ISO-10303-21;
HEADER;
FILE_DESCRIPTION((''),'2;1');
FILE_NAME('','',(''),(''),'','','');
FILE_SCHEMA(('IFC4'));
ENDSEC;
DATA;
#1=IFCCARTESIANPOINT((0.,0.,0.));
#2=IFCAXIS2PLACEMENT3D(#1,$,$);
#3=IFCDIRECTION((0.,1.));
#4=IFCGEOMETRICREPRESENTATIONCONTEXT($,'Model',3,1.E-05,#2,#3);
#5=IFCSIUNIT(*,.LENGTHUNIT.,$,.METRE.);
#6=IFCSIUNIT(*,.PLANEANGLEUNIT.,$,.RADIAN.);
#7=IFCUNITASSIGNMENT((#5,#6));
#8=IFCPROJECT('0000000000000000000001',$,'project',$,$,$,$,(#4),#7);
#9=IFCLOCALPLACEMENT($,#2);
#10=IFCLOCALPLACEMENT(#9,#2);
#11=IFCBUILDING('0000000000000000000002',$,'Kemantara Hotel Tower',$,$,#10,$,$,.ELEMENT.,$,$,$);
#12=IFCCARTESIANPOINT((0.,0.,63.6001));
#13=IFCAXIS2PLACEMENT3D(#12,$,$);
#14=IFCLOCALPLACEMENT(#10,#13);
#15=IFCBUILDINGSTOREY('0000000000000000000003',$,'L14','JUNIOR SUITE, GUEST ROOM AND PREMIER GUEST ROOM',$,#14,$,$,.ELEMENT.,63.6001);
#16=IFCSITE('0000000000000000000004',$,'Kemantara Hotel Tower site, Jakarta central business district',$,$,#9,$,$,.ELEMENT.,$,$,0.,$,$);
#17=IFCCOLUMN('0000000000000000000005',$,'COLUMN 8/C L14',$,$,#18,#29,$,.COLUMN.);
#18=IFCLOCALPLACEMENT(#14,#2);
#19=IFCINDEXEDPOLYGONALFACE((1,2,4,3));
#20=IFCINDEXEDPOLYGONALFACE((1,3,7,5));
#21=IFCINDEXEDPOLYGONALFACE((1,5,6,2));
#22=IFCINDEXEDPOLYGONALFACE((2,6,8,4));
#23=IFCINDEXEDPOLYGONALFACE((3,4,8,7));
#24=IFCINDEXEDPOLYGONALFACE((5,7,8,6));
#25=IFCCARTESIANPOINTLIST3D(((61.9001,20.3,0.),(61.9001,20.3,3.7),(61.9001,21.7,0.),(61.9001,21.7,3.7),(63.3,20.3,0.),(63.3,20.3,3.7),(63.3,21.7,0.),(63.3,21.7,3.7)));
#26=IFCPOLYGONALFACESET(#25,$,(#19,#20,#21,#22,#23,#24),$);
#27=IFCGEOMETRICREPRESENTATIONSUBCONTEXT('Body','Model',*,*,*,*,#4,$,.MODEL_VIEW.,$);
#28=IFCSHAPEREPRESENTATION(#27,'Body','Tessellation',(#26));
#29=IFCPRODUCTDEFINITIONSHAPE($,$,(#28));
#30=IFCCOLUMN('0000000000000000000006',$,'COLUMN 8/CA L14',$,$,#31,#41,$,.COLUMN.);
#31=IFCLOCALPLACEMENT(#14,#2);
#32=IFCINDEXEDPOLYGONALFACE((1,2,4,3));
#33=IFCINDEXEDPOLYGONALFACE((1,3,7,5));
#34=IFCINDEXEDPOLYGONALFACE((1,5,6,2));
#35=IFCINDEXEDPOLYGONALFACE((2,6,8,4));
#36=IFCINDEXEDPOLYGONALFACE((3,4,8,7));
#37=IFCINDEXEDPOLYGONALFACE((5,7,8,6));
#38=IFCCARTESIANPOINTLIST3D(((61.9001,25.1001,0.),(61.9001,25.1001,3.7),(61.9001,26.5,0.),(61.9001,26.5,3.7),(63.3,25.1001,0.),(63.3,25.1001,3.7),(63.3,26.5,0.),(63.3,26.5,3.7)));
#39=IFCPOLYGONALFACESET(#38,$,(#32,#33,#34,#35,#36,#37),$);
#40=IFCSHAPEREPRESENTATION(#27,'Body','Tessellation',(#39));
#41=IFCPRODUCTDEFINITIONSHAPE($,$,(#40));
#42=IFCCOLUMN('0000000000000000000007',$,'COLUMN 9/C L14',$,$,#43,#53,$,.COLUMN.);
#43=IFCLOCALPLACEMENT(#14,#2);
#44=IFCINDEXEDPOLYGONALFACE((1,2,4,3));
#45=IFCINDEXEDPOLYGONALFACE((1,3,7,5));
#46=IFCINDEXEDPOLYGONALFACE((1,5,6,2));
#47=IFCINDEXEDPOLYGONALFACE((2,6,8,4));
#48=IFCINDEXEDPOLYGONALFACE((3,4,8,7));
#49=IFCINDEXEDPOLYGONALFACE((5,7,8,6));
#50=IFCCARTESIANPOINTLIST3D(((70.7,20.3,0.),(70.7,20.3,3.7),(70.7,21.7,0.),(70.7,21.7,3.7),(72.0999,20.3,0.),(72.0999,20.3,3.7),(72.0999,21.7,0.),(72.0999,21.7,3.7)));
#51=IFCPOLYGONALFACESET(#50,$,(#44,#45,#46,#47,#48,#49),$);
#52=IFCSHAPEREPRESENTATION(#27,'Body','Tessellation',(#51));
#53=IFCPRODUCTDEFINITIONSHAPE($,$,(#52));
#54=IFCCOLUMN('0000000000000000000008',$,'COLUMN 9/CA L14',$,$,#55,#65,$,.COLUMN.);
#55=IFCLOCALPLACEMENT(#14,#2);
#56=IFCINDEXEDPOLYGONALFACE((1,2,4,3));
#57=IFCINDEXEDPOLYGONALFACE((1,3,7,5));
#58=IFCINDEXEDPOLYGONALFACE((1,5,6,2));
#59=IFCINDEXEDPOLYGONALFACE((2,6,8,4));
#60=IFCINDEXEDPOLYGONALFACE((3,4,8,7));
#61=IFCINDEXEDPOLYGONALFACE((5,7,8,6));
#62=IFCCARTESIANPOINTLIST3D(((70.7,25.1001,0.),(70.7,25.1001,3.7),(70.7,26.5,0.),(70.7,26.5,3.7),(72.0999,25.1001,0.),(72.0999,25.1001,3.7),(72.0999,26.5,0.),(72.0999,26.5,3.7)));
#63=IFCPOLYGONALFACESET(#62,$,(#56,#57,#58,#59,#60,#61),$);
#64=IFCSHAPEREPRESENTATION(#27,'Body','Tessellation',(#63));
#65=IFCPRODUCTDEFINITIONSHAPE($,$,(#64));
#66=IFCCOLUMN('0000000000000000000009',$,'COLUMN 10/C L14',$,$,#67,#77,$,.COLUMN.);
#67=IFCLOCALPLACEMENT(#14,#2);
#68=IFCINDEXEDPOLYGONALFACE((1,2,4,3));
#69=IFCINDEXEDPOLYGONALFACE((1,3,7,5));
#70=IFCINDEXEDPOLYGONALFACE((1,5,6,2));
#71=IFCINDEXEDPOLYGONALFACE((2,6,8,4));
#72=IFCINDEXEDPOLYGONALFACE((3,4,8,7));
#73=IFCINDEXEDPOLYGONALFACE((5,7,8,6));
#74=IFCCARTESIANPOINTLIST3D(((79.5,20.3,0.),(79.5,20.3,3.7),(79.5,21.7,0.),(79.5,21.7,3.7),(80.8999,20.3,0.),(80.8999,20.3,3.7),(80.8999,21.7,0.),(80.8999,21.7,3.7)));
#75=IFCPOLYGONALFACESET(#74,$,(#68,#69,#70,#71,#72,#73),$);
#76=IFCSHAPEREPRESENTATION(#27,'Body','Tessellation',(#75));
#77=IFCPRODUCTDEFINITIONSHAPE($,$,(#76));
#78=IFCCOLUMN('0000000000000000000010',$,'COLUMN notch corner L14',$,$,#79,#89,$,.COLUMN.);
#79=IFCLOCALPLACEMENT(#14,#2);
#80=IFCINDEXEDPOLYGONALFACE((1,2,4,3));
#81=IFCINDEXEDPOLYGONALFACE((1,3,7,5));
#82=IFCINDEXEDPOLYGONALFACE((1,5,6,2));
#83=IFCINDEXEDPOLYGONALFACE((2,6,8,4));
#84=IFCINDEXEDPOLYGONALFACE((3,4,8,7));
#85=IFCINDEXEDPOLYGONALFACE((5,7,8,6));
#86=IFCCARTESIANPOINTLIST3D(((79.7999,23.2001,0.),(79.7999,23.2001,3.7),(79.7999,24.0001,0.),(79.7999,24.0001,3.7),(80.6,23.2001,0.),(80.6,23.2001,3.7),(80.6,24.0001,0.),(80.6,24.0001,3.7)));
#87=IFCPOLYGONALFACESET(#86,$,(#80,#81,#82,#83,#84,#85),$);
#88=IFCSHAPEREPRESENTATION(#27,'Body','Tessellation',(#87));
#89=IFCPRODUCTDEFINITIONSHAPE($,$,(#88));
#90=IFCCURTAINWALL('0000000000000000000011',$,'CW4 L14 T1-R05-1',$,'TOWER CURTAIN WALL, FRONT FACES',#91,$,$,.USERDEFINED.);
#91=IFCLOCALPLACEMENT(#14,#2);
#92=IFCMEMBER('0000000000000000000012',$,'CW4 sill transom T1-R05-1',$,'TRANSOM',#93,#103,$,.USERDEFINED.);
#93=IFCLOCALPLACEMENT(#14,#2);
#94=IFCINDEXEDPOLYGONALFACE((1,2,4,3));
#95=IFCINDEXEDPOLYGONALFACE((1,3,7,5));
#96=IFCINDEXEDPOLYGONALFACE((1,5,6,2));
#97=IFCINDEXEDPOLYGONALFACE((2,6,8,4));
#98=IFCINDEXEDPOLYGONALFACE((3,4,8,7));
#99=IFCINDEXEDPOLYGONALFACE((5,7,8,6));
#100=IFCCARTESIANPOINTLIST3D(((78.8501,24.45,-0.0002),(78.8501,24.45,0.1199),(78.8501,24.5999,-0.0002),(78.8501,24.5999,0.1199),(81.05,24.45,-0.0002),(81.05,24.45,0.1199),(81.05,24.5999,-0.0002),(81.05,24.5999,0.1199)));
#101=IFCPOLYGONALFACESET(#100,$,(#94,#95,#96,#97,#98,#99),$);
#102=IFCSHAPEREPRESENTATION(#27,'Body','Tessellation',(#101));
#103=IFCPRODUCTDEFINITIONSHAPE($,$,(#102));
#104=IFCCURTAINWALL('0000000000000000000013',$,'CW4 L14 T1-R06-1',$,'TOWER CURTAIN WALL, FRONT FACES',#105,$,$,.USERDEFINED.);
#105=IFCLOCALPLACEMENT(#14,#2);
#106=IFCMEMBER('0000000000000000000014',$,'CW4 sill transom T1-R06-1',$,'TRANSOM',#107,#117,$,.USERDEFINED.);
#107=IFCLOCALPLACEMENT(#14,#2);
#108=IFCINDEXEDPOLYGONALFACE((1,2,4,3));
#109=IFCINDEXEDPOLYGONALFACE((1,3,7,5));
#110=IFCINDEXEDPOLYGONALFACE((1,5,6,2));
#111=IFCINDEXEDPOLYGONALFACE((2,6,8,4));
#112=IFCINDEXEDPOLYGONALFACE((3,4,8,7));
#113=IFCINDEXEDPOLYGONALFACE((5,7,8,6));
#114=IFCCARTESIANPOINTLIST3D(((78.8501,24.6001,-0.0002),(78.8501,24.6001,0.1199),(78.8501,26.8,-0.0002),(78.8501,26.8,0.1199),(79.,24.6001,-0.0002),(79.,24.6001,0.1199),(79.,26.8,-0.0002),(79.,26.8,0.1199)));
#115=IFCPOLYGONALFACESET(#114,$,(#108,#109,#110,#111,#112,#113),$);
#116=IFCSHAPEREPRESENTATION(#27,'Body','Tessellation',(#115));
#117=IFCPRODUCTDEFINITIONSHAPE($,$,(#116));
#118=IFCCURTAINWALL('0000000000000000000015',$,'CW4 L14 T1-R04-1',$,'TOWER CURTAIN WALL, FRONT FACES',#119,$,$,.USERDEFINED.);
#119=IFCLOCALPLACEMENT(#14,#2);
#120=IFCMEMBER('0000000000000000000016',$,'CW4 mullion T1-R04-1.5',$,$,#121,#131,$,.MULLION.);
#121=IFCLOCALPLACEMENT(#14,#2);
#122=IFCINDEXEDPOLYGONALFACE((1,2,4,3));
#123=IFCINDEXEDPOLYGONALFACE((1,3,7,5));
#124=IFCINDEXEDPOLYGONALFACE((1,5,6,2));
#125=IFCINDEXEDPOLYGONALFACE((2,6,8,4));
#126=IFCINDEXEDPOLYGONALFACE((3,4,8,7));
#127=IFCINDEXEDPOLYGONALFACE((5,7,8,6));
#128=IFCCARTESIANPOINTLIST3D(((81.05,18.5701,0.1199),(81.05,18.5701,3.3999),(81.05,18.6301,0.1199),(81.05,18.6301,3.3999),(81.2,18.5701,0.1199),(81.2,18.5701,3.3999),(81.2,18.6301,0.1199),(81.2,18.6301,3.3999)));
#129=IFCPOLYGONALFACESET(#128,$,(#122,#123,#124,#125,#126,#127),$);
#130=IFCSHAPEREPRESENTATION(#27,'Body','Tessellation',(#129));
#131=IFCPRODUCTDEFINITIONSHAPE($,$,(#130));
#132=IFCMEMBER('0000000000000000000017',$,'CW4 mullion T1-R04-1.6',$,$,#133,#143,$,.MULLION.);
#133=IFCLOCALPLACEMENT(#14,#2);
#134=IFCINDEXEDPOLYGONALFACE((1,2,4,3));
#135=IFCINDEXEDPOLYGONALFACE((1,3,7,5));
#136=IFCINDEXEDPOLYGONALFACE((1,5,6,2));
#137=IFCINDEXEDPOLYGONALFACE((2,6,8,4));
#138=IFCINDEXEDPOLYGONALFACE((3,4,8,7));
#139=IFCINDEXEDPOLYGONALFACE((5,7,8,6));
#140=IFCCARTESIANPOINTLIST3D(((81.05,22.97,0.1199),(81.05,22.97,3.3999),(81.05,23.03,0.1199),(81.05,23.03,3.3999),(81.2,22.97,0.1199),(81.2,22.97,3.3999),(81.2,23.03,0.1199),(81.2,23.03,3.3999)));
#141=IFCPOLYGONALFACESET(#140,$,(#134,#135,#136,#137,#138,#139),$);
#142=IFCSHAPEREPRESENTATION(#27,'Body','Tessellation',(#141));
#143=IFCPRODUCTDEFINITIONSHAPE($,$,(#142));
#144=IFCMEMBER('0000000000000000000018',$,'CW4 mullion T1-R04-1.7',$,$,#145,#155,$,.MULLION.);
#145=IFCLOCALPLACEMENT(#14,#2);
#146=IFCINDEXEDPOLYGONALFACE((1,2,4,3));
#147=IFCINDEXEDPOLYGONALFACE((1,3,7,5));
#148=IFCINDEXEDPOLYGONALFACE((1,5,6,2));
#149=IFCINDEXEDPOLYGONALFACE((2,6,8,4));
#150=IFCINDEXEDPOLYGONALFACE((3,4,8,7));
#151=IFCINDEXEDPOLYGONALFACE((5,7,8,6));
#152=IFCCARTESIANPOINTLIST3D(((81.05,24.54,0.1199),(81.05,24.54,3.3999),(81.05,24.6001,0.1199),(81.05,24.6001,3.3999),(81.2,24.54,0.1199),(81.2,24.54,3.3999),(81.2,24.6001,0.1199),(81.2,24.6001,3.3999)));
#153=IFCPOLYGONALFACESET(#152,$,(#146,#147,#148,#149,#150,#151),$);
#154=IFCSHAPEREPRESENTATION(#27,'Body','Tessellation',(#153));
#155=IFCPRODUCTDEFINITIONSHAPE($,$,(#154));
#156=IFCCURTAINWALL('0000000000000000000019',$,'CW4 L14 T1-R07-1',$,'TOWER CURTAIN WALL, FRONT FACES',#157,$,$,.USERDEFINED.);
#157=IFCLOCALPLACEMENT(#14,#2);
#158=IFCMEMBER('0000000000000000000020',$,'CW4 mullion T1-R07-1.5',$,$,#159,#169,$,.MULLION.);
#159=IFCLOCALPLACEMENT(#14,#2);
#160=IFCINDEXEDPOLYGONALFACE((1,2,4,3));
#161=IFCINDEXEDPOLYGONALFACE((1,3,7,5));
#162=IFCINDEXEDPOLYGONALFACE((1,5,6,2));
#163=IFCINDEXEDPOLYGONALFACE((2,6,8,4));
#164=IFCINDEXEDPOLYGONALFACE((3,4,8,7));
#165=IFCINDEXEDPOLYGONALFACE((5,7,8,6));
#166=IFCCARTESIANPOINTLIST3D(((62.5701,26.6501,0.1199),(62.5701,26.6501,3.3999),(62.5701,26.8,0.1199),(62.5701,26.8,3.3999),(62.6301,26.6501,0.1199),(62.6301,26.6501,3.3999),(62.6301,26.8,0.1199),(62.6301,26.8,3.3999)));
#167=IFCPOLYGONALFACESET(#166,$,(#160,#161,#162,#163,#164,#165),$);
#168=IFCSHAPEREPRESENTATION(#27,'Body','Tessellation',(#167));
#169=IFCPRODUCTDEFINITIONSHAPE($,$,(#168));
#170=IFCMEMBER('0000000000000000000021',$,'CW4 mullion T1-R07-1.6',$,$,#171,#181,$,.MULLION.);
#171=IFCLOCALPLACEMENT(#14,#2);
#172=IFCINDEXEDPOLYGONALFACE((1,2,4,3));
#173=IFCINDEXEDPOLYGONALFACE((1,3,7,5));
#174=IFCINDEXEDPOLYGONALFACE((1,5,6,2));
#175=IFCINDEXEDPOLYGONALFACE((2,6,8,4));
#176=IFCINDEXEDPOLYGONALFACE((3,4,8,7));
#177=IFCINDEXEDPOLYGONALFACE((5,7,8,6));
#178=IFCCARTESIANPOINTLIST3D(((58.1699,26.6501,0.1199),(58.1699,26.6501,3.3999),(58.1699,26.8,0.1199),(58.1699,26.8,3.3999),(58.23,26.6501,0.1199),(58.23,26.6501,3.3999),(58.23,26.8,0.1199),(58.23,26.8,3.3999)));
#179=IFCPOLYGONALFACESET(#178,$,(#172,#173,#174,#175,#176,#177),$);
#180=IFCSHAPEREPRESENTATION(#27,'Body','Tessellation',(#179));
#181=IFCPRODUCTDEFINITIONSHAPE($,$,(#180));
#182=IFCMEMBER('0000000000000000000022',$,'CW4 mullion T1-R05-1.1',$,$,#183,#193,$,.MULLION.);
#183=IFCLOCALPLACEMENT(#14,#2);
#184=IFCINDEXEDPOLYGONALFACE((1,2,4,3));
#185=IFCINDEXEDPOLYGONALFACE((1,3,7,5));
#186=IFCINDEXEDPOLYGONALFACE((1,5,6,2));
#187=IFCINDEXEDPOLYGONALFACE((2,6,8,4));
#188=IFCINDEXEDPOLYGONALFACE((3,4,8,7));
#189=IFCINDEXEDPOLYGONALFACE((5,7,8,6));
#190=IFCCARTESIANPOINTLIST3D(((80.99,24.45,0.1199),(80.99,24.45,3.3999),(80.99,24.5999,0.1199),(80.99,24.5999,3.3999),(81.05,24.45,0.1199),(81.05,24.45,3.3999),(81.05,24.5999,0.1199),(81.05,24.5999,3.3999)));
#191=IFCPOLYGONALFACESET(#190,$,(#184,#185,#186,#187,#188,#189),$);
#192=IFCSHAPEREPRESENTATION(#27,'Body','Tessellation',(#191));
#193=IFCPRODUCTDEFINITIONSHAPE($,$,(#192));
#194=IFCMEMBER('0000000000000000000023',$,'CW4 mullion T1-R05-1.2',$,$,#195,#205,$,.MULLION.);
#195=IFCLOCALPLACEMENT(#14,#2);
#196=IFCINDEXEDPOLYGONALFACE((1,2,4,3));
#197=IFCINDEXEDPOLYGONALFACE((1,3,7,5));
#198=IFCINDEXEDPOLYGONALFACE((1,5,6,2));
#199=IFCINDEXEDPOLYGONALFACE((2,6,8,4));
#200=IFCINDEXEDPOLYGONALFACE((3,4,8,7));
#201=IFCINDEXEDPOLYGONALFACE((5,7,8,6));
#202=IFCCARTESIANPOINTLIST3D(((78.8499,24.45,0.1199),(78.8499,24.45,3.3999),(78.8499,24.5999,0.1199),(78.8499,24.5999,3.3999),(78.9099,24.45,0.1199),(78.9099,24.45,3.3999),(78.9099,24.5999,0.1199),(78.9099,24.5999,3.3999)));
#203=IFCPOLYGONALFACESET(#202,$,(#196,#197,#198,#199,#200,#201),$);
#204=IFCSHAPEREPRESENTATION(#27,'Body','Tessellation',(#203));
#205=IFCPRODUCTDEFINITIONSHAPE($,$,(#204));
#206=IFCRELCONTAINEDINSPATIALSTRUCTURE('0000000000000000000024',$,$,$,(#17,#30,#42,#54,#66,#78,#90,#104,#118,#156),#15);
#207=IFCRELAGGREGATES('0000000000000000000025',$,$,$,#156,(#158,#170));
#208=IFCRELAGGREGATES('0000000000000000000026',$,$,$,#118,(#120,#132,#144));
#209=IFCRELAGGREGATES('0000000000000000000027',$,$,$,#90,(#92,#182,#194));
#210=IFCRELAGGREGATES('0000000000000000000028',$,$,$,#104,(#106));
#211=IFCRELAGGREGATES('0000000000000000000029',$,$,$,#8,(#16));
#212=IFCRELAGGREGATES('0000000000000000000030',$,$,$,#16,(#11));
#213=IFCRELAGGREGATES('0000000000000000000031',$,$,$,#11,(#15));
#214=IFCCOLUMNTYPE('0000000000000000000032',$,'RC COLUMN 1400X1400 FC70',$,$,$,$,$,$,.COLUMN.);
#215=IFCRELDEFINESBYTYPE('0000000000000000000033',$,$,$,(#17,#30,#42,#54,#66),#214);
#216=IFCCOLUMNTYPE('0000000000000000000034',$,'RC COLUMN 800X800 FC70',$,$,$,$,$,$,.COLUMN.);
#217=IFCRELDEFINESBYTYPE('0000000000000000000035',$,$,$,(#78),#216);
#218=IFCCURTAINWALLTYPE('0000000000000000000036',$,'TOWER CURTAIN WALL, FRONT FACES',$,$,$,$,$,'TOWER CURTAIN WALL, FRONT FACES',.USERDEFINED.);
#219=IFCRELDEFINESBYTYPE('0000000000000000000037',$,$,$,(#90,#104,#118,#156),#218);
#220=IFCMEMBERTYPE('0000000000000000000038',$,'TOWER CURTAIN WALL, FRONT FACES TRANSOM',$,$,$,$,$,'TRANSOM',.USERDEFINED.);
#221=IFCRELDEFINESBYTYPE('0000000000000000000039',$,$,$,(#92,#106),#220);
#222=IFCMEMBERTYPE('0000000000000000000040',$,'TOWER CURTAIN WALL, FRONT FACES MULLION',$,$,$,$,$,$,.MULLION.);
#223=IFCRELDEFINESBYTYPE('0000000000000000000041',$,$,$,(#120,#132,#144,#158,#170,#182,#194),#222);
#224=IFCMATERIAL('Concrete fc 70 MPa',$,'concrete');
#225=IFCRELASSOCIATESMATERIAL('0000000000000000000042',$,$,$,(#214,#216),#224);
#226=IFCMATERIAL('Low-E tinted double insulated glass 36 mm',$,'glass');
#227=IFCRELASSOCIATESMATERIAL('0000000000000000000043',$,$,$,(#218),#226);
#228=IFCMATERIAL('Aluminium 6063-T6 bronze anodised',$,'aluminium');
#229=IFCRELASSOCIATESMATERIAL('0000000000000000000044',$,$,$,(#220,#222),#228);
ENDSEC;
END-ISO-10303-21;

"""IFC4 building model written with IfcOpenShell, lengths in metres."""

from ifc_helpers import new_model, si_unit, direction, frame, origin, origin_2d, place, context, subcontext, project, spatial, rectangle, extrude, source, transform, mapped, material, material_profile, profile_set, type_object, element, aggregate, save


model = new_model("IFC4")

# Units and contexts
model_context = context("Model", 3, precision=1e-05, world=origin(), true_north=direction((0.0, 1.0)))
body_context = subcontext(model_context, "Body", "Model", "MODEL_VIEW")
ifc_project = project(units=[si_unit("LENGTHUNIT", "METRE"), si_unit("PLANEANGLEUNIT", "RADIAN")], contexts=[model_context])

# Site, building, storey
site_placement = place(None, origin())
site = spatial("IfcSite", under=ifc_project, at=site_placement, Name="Kemantara Hotel Tower site, Jakarta central business district", CompositionType="ELEMENT", RefElevation=0.0)
building_placement = place(site_placement, origin())
building = spatial("IfcBuilding", under=site, at=building_placement, Name="Kemantara Hotel Tower", CompositionType="ELEMENT")
storey_placement = place(building_placement, frame((0.0, 0.0, 63.6001)))
storey = spatial("IfcBuildingStorey", under=building, at=storey_placement, Name="L14", Description="JUNIOR SUITE, GUEST ROOM AND PREMIER GUEST ROOM", CompositionType="ELEMENT", Elevation=63.6001)

# Columns
ifc_material_1 = material(Name="Concrete fc 70 MPa", Category="concrete")
ifc_material_profile_1 = material_profile(ifc_material_1, rectangle(XDim=1.3999, YDim=1.3999, at=origin_2d()), Name="RC 1400X1400")
ifc_profile_set_1 = profile_set([ifc_material_profile_1], Name="Concrete fc 70 MPa")
column_type_1 = type_object("IfcColumnType", Name="RC COLUMN 1400X1400 FC70", PredefinedType="COLUMN", material=ifc_profile_set_1)
for number, where, z_axis, x_axis, name in (
    (1, (62.6001, 21.0, 0.0), (0.0, 0.0, 1.0), (1.0, 0.0, 0.0), "COLUMN 8/C L14"),
    (2, (62.6001, 25.8, 0.0), (0.0, 0.0, 1.0), (1.0, 0.0, 0.0), "COLUMN 8/CA L14"),
    (3, (71.3999, 21.0, 0.0), (0.0, 0.0, 1.0), (1.0, 0.0, 0.0), "COLUMN 9/C L14"),
    (4, (71.3999, 25.8, 0.0), (0.0, 0.0, 1.0), (1.0, 0.0, 0.0), "COLUMN 9/CA L14"),
    (5, (80.2, 21.0, 0.0), (0.0, 0.0, 1.0), (1.0, 0.0, 0.0), "COLUMN 10/C L14"),
):
    element("IfcColumn", number, at=place(storey_placement, frame(where, z_axis=z_axis, x_axis=x_axis)), inside=storey, type_object=column_type_1, Name=name, PredefinedType="COLUMN", context=body_context, shape_type="SweptSolid", body=[
        extrude(rectangle(XDim=1.3999, YDim=1.3999, at=origin_2d()), origin(), (0.0, 0.0, 1.0), 3.7),
    ])
ifc_material_profile_2 = material_profile(ifc_material_1, rectangle(XDim=0.8, YDim=0.8, at=origin_2d()), Name="RC 800X800")
ifc_profile_set_2 = profile_set([ifc_material_profile_2], Name="Concrete fc 70 MPa")
column_type_2 = type_object("IfcColumnType", Name="RC COLUMN 800X800 FC70", PredefinedType="COLUMN", material=ifc_profile_set_2)
column_placement = place(storey_placement, frame((80.2, 23.6001, 0.0), z_axis=(0.0, 0.0, 1.0), x_axis=(1.0, 0.0, 0.0)))
element("IfcColumn", 6, at=column_placement, inside=storey, type_object=column_type_2, Name="COLUMN notch corner L14", PredefinedType="COLUMN", context=body_context, shape_type="SweptSolid", body=[
    extrude(rectangle(XDim=0.8, YDim=0.8, at=origin_2d()), origin(), (0.0, 0.0, 1.0), 3.7),
])

# Curtain walls, members
ifc_material_2 = material(Name="Low-E tinted double insulated glass 36 mm", Category="glass")
curtain_wall_type = type_object("IfcCurtainWallType", Name="TOWER CURTAIN WALL, FRONT FACES", ElementType="TOWER CURTAIN WALL, FRONT FACES", PredefinedType="USERDEFINED", material=ifc_material_2)
curtain_wall_1_placement = place(storey_placement, origin())
curtain_wall_1 = element("IfcCurtainWall", 7, at=curtain_wall_1_placement, inside=storey, type_object=curtain_wall_type, Name="CW4 L14 T1-R05-1", ObjectType="TOWER CURTAIN WALL, FRONT FACES", PredefinedType="USERDEFINED")
ifc_material_3 = material(Name="Aluminium 6063-T6 bronze anodised", Category="aluminium")
ifc_material_profile_3 = material_profile(ifc_material_3, rectangle(XDim=0.1499, YDim=0.1201, at=origin_2d()), Name="TOWER CURTAIN WALL, FRONT FACES TRANSOM")
ifc_profile_set_3 = profile_set([ifc_material_profile_3], Name="Aluminium 6063-T6 bronze anodised")
member_type_1 = type_object("IfcMemberType", Name="TOWER CURTAIN WALL, FRONT FACES TRANSOM", ElementType="TRANSOM", PredefinedType="USERDEFINED", material=ifc_profile_set_3)
member_1_placement = place(storey_placement, frame((81.05, 24.5249, 0.0598), z_axis=(-1.0, 0.0, 0.0), x_axis=(0.0, -1.0, 0.0)))
member_1 = element("IfcMember", 8, at=member_1_placement, type_object=member_type_1, Name="CW4 sill transom T1-R05-1", ObjectType="TRANSOM", PredefinedType="USERDEFINED", context=body_context, shape_type="SweptSolid", body=[
    extrude(rectangle(XDim=0.1499, YDim=0.1201, at=origin_2d()), origin(), (0.0, 0.0, 1.0), 2.2),
])
curtain_wall_2_placement = place(storey_placement, origin())
curtain_wall_2 = element("IfcCurtainWall", 9, at=curtain_wall_2_placement, inside=storey, type_object=curtain_wall_type, Name="CW4 L14 T1-R06-1", ObjectType="TOWER CURTAIN WALL, FRONT FACES", PredefinedType="USERDEFINED")
member_2_placement = place(storey_placement, frame((78.925, 24.6001, 0.0598), z_axis=(0.0, 1.0, 0.0), x_axis=(-1.0, 0.0, 0.0)))
member_2 = element("IfcMember", 10, at=member_2_placement, type_object=member_type_1, Name="CW4 sill transom T1-R06-1", ObjectType="TRANSOM", PredefinedType="USERDEFINED", context=body_context, shape_type="SweptSolid", body=[
    extrude(rectangle(XDim=0.1499, YDim=0.1201, at=origin_2d()), origin(), (0.0, 0.0, 1.0), 2.2),
])

# Curtain walls, members
curtain_wall_3_placement = place(storey_placement, origin())
curtain_wall_3 = element("IfcCurtainWall", 11, at=curtain_wall_3_placement, inside=storey, type_object=curtain_wall_type, Name="CW4 L14 T1-R04-1", ObjectType="TOWER CURTAIN WALL, FRONT FACES", PredefinedType="USERDEFINED")
ifc_material_profile_4 = material_profile(ifc_material_3, rectangle(XDim=0.1499, YDim=0.0601, at=origin_2d()), Name="TOWER CURTAIN WALL, FRONT FACES MULLION")
ifc_profile_set_4 = profile_set([ifc_material_profile_4], Name="Aluminium 6063-T6 bronze anodised")
member_type_2 = type_object("IfcMemberType", Name="TOWER CURTAIN WALL, FRONT FACES MULLION", PredefinedType="MULLION", material=ifc_profile_set_4)
shared_shape_1 = source(origin(), body_context, "Body", "SweptSolid", [
    extrude(rectangle(XDim=0.1499, YDim=0.0601, at=origin_2d()), origin(), (0.0, 0.0, 1.0), 3.28),
])
member_3_placement = place(storey_placement, frame((81.125, 18.6001, 0.1199), z_axis=(0.0, 0.0, 1.0), x_axis=(-1.0, 0.0, 0.0)))
member_3 = element("IfcMember", 12, at=member_3_placement, type_object=member_type_2, Name="CW4 mullion T1-R04-1.5", PredefinedType="MULLION", context=body_context, shape_type="MappedRepresentation", body=[
    mapped(shared_shape_1, transform((0.0, 0.0, 0.0))),
])
member_4_placement = place(storey_placement, frame((81.125, 23.0, 0.1199), z_axis=(0.0, 0.0, 1.0), x_axis=(-1.0, 0.0, 0.0)))
member_4 = element("IfcMember", 13, at=member_4_placement, type_object=member_type_2, Name="CW4 mullion T1-R04-1.6", PredefinedType="MULLION", context=body_context, shape_type="MappedRepresentation", body=[
    mapped(shared_shape_1, transform((0.0, 0.0, 0.0))),
])
member_5_placement = place(storey_placement, frame((81.125, 24.5701, 0.1199), z_axis=(0.0, 0.0, 1.0), x_axis=(-1.0, 0.0, 0.0)))
member_5 = element("IfcMember", 14, at=member_5_placement, type_object=member_type_2, Name="CW4 mullion T1-R04-1.7", PredefinedType="MULLION", context=body_context, shape_type="MappedRepresentation", body=[
    mapped(shared_shape_1, transform((0.0, 0.0, 0.0))),
])
curtain_wall_4_placement = place(storey_placement, origin())
curtain_wall_4 = element("IfcCurtainWall", 15, at=curtain_wall_4_placement, inside=storey, type_object=curtain_wall_type, Name="CW4 L14 T1-R07-1", ObjectType="TOWER CURTAIN WALL, FRONT FACES", PredefinedType="USERDEFINED")
member_6_placement = place(storey_placement, frame((62.6001, 26.7251, 0.1199), z_axis=(0.0, 0.0, 1.0), x_axis=(0.0, -1.0, 0.0)))
member_6 = element("IfcMember", 16, at=member_6_placement, type_object=member_type_2, Name="CW4 mullion T1-R07-1.5", PredefinedType="MULLION", context=body_context, shape_type="MappedRepresentation", body=[
    mapped(shared_shape_1, transform((0.0, 0.0, 0.0))),
])
member_7_placement = place(storey_placement, frame((58.2, 26.7251, 0.1199), z_axis=(0.0, 0.0, 1.0), x_axis=(0.0, -1.0, 0.0)))
member_7 = element("IfcMember", 17, at=member_7_placement, type_object=member_type_2, Name="CW4 mullion T1-R07-1.6", PredefinedType="MULLION", context=body_context, shape_type="MappedRepresentation", body=[
    mapped(shared_shape_1, transform((0.0, 0.0, 0.0))),
])

# Members
member_8_placement = place(storey_placement, frame((81.02, 24.5249, 0.1199), z_axis=(0.0, 0.0, 1.0), x_axis=(0.0, -1.0, 0.0)))
member_8 = element("IfcMember", 18, at=member_8_placement, type_object=member_type_2, Name="CW4 mullion T1-R05-1.1", PredefinedType="MULLION", context=body_context, shape_type="MappedRepresentation", body=[
    mapped(shared_shape_1, transform((0.0, 0.0, 0.0))),
])
member_9_placement = place(storey_placement, frame((78.8799, 24.5249, 0.1199), z_axis=(0.0, 0.0, 1.0), x_axis=(0.0, -1.0, 0.0)))
member_9 = element("IfcMember", 19, at=member_9_placement, type_object=member_type_2, Name="CW4 mullion T1-R05-1.2", PredefinedType="MULLION", context=body_context, shape_type="MappedRepresentation", body=[
    mapped(shared_shape_1, transform((0.0, 0.0, 0.0))),
])

aggregate(curtain_wall_4, [member_6, member_7])
aggregate(curtain_wall_3, [member_3, member_4, member_5])
aggregate(curtain_wall_1, [member_1, member_8, member_9])
aggregate(curtain_wall_2, [member_2])

save(model, "model.ifc")
